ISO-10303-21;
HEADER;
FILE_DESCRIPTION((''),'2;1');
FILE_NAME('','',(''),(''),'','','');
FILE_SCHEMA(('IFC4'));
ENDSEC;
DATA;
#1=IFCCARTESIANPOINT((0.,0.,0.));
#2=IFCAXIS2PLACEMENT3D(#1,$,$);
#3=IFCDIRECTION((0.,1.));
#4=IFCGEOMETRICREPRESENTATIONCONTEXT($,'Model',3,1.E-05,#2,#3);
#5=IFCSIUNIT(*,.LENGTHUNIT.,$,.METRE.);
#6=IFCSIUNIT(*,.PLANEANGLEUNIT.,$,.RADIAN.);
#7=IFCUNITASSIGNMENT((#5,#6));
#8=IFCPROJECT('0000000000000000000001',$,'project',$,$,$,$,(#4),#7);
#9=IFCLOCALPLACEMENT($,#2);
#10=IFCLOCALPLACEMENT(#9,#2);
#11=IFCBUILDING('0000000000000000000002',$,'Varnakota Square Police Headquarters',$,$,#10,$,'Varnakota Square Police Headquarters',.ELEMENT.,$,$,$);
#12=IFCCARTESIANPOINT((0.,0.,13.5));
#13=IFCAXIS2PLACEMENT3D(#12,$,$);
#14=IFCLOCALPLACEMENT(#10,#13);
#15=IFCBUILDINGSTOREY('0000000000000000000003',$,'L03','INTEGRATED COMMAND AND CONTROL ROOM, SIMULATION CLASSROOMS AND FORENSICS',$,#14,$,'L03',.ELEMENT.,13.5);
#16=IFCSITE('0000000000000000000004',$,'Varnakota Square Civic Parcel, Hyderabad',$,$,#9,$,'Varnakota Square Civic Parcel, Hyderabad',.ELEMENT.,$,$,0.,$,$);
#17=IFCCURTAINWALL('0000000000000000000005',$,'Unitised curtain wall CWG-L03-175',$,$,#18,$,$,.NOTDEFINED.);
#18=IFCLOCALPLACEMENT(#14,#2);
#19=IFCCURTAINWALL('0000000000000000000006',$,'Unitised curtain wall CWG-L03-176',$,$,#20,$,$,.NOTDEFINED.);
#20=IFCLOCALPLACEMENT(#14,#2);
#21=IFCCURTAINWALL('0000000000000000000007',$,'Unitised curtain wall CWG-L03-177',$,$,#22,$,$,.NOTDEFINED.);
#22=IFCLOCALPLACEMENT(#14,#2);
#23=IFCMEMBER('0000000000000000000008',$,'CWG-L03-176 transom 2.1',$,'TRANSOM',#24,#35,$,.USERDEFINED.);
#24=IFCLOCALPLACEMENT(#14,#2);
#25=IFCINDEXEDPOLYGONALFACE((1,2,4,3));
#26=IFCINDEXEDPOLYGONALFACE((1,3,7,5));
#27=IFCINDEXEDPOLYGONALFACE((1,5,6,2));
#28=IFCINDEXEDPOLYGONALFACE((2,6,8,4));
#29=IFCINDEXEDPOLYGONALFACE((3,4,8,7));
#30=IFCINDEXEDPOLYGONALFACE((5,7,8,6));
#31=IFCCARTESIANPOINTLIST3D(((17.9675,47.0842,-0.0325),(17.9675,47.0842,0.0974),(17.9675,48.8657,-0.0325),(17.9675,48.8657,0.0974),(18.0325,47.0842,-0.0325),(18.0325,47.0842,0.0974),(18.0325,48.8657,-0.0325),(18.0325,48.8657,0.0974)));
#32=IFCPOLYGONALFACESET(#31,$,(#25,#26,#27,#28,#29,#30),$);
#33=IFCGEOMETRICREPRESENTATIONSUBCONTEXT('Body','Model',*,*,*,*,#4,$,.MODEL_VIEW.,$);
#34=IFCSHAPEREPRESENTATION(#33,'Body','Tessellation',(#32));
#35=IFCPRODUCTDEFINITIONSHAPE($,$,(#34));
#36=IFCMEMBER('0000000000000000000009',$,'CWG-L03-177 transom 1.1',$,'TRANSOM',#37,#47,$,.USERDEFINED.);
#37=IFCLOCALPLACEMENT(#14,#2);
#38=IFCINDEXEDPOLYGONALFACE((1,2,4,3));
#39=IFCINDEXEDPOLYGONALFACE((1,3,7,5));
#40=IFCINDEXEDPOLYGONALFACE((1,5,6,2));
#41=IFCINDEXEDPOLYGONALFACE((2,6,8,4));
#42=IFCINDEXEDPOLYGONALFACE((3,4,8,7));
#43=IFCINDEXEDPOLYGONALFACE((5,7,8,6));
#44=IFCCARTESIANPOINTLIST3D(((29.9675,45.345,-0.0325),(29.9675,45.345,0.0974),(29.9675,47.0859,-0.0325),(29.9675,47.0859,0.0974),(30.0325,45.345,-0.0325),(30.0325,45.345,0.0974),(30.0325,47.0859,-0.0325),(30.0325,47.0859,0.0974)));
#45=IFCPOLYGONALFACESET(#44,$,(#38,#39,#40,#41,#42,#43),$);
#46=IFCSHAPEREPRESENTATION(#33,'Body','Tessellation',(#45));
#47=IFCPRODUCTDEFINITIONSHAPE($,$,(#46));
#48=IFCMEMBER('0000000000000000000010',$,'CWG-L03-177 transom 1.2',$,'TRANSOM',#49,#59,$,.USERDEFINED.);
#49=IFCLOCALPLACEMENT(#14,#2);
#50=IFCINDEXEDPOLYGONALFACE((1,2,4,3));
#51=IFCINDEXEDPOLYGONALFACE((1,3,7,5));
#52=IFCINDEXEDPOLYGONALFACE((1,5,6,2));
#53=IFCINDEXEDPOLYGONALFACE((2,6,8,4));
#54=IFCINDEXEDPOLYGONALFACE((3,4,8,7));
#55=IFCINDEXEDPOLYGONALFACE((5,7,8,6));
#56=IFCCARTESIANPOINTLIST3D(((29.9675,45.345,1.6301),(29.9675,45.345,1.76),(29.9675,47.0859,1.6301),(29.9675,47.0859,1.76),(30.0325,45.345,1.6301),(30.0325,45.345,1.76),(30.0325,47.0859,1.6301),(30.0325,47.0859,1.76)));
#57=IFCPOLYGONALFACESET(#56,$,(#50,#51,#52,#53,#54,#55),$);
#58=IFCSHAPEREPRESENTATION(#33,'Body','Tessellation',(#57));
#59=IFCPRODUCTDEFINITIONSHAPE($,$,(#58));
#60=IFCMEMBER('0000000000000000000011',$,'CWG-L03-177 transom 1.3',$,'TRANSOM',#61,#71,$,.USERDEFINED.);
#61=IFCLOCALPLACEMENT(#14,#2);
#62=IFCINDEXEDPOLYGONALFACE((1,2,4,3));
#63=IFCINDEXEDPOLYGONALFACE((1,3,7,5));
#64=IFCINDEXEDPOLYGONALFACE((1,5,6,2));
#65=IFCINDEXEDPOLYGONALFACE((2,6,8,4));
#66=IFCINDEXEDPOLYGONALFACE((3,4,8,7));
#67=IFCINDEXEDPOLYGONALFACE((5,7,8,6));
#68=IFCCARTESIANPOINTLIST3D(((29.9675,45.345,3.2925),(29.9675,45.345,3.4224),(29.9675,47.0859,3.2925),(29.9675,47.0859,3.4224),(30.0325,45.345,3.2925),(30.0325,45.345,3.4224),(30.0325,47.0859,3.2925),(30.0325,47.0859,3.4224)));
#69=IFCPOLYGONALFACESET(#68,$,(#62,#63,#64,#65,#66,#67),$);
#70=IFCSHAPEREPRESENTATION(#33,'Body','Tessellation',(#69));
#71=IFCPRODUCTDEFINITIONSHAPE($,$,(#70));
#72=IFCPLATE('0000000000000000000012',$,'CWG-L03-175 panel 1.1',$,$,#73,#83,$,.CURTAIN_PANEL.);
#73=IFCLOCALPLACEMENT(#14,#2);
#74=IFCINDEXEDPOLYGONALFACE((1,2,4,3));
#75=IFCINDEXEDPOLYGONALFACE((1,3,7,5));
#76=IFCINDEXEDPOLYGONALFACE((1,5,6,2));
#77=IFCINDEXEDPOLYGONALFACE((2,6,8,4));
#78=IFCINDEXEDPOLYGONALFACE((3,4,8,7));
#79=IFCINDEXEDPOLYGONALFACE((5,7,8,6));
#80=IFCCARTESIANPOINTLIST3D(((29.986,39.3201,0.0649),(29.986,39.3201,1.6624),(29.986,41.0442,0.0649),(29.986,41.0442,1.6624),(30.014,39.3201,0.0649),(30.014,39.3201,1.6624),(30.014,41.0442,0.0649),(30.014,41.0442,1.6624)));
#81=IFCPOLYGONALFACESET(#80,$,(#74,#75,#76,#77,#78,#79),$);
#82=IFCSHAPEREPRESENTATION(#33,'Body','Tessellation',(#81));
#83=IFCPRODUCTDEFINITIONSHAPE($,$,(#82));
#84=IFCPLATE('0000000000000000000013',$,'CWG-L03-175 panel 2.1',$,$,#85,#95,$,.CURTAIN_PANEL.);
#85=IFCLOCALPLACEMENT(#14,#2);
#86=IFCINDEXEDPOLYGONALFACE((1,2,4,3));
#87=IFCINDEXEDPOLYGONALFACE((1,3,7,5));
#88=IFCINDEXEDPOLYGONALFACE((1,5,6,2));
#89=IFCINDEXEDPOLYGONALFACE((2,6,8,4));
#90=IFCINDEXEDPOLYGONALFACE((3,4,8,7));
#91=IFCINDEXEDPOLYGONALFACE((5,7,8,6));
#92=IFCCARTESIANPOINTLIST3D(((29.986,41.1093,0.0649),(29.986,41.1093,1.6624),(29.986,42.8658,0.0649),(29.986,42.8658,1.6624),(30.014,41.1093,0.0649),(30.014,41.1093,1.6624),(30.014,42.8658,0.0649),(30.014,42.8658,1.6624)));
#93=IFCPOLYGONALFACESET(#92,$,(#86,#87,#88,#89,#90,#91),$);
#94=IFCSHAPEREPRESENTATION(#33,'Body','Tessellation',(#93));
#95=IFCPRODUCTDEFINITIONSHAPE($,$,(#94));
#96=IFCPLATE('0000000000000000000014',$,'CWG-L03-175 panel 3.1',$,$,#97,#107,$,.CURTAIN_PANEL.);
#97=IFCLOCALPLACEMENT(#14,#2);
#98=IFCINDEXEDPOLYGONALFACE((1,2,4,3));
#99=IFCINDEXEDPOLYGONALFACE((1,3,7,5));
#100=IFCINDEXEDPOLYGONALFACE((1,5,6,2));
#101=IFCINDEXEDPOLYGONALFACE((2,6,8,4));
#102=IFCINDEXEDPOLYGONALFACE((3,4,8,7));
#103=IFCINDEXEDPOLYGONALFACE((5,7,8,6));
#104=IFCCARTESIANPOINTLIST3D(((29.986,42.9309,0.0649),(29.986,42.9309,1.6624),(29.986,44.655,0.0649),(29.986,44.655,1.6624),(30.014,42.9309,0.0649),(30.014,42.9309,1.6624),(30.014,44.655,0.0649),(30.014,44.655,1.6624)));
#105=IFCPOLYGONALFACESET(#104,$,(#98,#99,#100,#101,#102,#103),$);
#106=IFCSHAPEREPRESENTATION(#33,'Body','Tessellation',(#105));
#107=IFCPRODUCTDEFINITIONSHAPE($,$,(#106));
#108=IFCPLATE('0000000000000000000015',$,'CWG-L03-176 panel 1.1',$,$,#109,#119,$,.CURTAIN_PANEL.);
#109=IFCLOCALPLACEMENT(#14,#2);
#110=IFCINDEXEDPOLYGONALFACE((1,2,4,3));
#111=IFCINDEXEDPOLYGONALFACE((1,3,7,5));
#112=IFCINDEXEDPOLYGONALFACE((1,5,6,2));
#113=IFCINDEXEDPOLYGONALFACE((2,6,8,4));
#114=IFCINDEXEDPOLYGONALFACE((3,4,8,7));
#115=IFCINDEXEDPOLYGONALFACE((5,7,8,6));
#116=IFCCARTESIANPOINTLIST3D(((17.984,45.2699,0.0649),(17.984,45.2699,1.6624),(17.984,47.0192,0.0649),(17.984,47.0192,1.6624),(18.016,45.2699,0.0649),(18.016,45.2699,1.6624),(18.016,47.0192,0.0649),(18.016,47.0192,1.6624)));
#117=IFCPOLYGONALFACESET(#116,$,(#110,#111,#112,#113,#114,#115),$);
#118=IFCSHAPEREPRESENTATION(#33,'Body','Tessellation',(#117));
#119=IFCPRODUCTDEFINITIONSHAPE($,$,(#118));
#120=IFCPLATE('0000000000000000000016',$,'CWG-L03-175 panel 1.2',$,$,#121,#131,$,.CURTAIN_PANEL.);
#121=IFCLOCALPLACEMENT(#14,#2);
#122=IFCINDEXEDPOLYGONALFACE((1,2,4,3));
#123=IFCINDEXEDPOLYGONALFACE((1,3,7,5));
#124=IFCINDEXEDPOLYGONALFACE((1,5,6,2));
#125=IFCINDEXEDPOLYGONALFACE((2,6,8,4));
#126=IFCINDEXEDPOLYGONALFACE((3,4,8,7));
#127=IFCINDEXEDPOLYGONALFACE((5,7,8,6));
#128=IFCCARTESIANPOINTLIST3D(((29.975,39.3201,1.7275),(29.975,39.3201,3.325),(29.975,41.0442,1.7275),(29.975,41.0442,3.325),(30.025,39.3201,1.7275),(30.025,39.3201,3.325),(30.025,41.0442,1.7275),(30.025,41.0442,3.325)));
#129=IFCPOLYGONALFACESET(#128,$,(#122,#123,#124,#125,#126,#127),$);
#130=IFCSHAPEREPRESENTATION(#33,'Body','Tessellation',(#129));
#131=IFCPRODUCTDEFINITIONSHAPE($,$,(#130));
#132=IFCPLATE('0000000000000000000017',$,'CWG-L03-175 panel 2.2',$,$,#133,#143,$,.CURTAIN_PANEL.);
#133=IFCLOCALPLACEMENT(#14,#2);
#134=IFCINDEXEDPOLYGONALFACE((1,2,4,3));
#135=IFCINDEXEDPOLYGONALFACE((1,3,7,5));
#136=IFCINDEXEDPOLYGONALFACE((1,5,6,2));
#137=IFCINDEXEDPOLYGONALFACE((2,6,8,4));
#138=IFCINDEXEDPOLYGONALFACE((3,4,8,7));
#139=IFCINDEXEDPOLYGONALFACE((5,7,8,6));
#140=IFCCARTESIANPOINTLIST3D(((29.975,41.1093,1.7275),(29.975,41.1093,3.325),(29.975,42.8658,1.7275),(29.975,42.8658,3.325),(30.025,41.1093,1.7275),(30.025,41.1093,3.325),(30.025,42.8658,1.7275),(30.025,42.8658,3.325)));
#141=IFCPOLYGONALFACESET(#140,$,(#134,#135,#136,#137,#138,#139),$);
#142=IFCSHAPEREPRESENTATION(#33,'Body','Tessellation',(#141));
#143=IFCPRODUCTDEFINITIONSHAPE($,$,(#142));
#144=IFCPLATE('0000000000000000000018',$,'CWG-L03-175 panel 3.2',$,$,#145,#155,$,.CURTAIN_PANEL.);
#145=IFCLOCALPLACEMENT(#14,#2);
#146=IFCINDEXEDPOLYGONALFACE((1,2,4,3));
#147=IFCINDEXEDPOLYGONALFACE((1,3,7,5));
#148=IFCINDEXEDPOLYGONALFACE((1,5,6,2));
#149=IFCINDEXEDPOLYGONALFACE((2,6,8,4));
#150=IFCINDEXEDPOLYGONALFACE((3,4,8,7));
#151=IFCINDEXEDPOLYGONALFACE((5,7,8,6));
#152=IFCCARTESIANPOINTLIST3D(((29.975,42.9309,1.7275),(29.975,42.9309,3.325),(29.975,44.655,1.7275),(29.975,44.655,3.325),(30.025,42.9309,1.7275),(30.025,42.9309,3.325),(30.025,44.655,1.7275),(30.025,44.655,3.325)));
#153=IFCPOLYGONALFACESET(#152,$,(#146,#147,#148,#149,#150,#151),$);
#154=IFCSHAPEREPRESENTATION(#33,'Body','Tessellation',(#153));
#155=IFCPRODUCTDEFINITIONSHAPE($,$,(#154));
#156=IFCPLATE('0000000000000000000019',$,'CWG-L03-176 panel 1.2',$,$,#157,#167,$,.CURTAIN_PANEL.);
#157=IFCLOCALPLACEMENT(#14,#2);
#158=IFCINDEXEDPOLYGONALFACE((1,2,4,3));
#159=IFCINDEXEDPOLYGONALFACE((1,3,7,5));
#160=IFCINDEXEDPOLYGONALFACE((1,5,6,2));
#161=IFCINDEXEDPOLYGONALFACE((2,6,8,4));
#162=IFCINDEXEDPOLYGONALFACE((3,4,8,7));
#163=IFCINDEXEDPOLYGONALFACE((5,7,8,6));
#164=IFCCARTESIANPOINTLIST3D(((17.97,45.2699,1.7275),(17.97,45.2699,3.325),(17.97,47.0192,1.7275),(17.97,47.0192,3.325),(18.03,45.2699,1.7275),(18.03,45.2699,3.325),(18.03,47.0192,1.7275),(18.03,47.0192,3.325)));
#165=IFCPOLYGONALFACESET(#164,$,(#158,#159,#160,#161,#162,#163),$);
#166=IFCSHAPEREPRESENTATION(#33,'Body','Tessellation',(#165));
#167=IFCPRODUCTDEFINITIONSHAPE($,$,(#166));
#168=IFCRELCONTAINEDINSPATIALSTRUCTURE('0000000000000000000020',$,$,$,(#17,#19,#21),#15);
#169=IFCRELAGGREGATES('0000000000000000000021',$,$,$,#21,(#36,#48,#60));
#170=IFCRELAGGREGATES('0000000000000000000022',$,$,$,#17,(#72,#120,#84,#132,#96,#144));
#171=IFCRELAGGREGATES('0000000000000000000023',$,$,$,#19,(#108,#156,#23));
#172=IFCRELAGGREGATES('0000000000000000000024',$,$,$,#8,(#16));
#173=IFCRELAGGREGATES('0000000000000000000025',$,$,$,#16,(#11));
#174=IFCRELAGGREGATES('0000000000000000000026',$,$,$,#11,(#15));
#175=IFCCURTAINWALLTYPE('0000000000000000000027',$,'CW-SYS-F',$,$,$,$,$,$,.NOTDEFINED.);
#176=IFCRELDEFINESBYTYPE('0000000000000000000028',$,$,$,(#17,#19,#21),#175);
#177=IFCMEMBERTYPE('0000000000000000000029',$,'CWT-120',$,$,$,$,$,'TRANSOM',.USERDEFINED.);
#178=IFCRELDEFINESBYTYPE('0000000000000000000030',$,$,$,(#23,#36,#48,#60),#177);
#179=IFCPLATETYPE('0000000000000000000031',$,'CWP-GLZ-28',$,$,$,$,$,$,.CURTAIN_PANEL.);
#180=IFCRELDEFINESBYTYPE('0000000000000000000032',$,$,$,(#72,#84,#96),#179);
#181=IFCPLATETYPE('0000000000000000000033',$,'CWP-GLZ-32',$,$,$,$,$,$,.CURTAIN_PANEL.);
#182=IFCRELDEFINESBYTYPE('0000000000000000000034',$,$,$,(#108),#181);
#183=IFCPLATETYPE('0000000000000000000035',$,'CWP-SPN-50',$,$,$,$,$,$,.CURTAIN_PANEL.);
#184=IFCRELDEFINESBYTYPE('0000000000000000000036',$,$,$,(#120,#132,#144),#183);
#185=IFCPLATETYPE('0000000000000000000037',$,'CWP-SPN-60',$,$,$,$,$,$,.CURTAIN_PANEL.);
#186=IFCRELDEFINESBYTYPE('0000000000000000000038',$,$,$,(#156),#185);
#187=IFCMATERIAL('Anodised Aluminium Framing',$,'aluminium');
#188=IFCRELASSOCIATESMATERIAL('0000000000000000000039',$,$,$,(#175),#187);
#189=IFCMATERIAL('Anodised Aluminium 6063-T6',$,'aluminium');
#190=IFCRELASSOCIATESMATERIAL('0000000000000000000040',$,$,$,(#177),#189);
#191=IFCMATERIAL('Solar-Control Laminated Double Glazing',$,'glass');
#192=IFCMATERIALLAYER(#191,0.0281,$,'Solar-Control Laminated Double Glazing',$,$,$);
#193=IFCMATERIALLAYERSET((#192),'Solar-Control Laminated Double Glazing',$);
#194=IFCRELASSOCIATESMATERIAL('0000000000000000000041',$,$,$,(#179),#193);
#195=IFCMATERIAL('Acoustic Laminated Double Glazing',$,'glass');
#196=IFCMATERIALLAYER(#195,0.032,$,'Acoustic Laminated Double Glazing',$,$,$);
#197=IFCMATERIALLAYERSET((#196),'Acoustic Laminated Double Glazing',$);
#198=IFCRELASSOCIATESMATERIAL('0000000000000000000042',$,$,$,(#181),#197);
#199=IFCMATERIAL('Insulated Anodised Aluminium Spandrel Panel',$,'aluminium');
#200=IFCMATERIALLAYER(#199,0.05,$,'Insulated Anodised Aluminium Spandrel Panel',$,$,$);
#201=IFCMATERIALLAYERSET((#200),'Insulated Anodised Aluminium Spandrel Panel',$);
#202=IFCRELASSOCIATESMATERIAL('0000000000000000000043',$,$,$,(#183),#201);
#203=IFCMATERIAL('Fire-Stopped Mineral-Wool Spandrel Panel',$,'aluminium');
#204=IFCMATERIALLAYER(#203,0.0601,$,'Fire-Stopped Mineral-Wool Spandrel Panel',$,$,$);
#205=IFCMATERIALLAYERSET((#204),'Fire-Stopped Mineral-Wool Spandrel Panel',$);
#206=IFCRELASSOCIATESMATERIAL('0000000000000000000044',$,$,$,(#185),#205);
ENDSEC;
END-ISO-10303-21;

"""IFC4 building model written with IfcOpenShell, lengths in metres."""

from ifc_helpers import new_model, si_unit, direction, frame, origin, origin_2d, place, context, subcontext, project, spatial, rectangle, extrude, material, layer, layer_set, material_profile, profile_set, type_object, element, aggregate, save


model = new_model("IFC4")

# Units and contexts
model_context = context("Model", 3, precision=1e-05, world=origin(), true_north=direction((0.0, 1.0)))
body_context = subcontext(model_context, "Body", "Model", "MODEL_VIEW")
ifc_project = project(units=[si_unit("LENGTHUNIT", "METRE"), si_unit("PLANEANGLEUNIT", "RADIAN")], contexts=[model_context])

# Site, building, storey
site_placement = place(None, origin())
site = spatial("IfcSite", under=ifc_project, at=site_placement, Name="Varnakota Square Civic Parcel, Hyderabad", LongName="Varnakota Square Civic Parcel, Hyderabad", CompositionType="ELEMENT", RefElevation=0.0)
building_placement = place(site_placement, origin())
building = spatial("IfcBuilding", under=site, at=building_placement, Name="Varnakota Square Police Headquarters", LongName="Varnakota Square Police Headquarters", CompositionType="ELEMENT")
storey_placement = place(building_placement, frame((0.0, 0.0, 13.5)))
storey = spatial("IfcBuildingStorey", under=building, at=storey_placement, Name="L03", Description="INTEGRATED COMMAND AND CONTROL ROOM, SIMULATION CLASSROOMS AND FORENSICS", LongName="L03", CompositionType="ELEMENT", Elevation=13.5)

# Curtain walls
ifc_material_1 = material(Name="Anodised Aluminium Framing", Category="aluminium")
curtain_wall_type = type_object("IfcCurtainWallType", Name="CW-SYS-F", PredefinedType="NOTDEFINED", material=ifc_material_1)
curtain_wall_1_placement = place(storey_placement, origin())
curtain_wall_1 = element("IfcCurtainWall", 1, at=curtain_wall_1_placement, inside=storey, type_object=curtain_wall_type, Name="Unitised curtain wall CWG-L03-175", PredefinedType="NOTDEFINED")
ifc_material_2 = material(Name="Anodised Aluminium 6063-T6", Category="aluminium")
curtain_wall_2_placement = place(storey_placement, origin())
curtain_wall_2 = element("IfcCurtainWall", 2, at=curtain_wall_2_placement, inside=storey, type_object=curtain_wall_type, Name="Unitised curtain wall CWG-L03-176", PredefinedType="NOTDEFINED")

# Curtain wall
curtain_wall_3_placement = place(storey_placement, origin())
curtain_wall_3 = element("IfcCurtainWall", 3, at=curtain_wall_3_placement, inside=storey, type_object=curtain_wall_type, Name="Unitised curtain wall CWG-L03-177", PredefinedType="NOTDEFINED")

# Members
ifc_material_profile_1 = material_profile(ifc_material_2, rectangle(XDim=0.0649, YDim=0.1299, at=origin_2d()), Name="ALU TRANSOM 65x130")
ifc_profile_set_1 = profile_set([ifc_material_profile_1], Name="Anodised Aluminium 6063-T6")
member_type_1 = type_object("IfcMemberType", Name="CWT-120", ElementType="TRANSOM", PredefinedType="USERDEFINED", material=ifc_profile_set_1)
member_1_placement = place(storey_placement, frame((18.0, 47.0842, 0.0325), z_axis=(0.0, 1.0, 0.0), x_axis=(-1.0, 0.0, 0.0)))
member_1 = element("IfcMember", 4, at=member_1_placement, type_object=member_type_1, Name="CWG-L03-176 transom 2.1", ObjectType="TRANSOM", PredefinedType="USERDEFINED", context=body_context, shape_type="SweptSolid", body=[
    extrude(rectangle(XDim=0.0649, YDim=0.1299, at=origin_2d()), origin(), (0.0, 0.0, 1.0), 1.7815),
])
member_2_placement = place(storey_placement, frame((30.0, 45.345, 0.0325), z_axis=(0.0, 1.0, 0.0), x_axis=(-1.0, 0.0, 0.0)))
member_2 = element("IfcMember", 5, at=member_2_placement, type_object=member_type_1, Name="CWG-L03-177 transom 1.1", ObjectType="TRANSOM", PredefinedType="USERDEFINED", context=body_context, shape_type="SweptSolid", body=[
    extrude(rectangle(XDim=0.0649, YDim=0.1299, at=origin_2d()), origin(), (0.0, 0.0, 1.0), 1.741),
])
member_3_placement = place(storey_placement, frame((30.0, 45.345, 1.6951), z_axis=(0.0, 1.0, 0.0), x_axis=(-1.0, 0.0, 0.0)))
member_3 = element("IfcMember", 6, at=member_3_placement, type_object=member_type_1, Name="CWG-L03-177 transom 1.2", ObjectType="TRANSOM", PredefinedType="USERDEFINED", context=body_context, shape_type="SweptSolid", body=[
    extrude(rectangle(XDim=0.0649, YDim=0.1299, at=origin_2d()), origin(), (0.0, 0.0, 1.0), 1.741),
])
member_4_placement = place(storey_placement, frame((30.0, 45.345, 3.3574), z_axis=(0.0, 1.0, 0.0), x_axis=(-1.0, 0.0, 0.0)))
member_4 = element("IfcMember", 7, at=member_4_placement, type_object=member_type_1, Name="CWG-L03-177 transom 1.3", ObjectType="TRANSOM", PredefinedType="USERDEFINED", context=body_context, shape_type="SweptSolid", body=[
    extrude(rectangle(XDim=0.0649, YDim=0.1299, at=origin_2d()), origin(), (0.0, 0.0, 1.0), 1.741),
])
aggregate(curtain_wall_3, [member_2, member_3, member_4])

# Plates
ifc_material_3 = material(Name="Solar-Control Laminated Double Glazing", Category="glass")
ifc_layer_1 = layer(ifc_material_3, 0.0281, Name="Solar-Control Laminated Double Glazing")
ifc_layer_set_1 = layer_set([ifc_layer_1], Name="Solar-Control Laminated Double Glazing")
plate_type_1 = type_object("IfcPlateType", Name="CWP-GLZ-28", PredefinedType="CURTAIN_PANEL", material=ifc_layer_set_1)
plate_1_placement = place(storey_placement, frame((30.0, 40.1821, 0.0649), z_axis=(0.0, 0.0, 1.0), x_axis=(0.0, 1.0, 0.0)))
plate_1 = element("IfcPlate", 8, at=plate_1_placement, type_object=plate_type_1, Name="CWG-L03-175 panel 1.1", PredefinedType="CURTAIN_PANEL", context=body_context, shape_type="SweptSolid", body=[
    extrude(rectangle(XDim=1.7241, YDim=0.0281, at=origin_2d()), origin(), (0.0, 0.0, 1.0), 1.5974),
])
plate_2_placement = place(storey_placement, frame((30.0, 41.9875, 0.0649), z_axis=(0.0, 0.0, 1.0), x_axis=(0.0, 1.0, 0.0)))
plate_2 = element("IfcPlate", 9, at=plate_2_placement, type_object=plate_type_1, Name="CWG-L03-175 panel 2.1", PredefinedType="CURTAIN_PANEL", context=body_context, shape_type="SweptSolid", body=[
    extrude(rectangle(XDim=1.7566, YDim=0.0281, at=origin_2d()), origin(), (0.0, 0.0, 1.0), 1.5974),
])
plate_3_placement = place(storey_placement, frame((30.0, 43.793, 0.0649), z_axis=(0.0, 0.0, 1.0), x_axis=(0.0, 1.0, 0.0)))
plate_3 = element("IfcPlate", 10, at=plate_3_placement, type_object=plate_type_1, Name="CWG-L03-175 panel 3.1", PredefinedType="CURTAIN_PANEL", context=body_context, shape_type="SweptSolid", body=[
    extrude(rectangle(XDim=1.7241, YDim=0.0281, at=origin_2d()), origin(), (0.0, 0.0, 1.0), 1.5974),
])
ifc_material_4 = material(Name="Acoustic Laminated Double Glazing", Category="glass")
ifc_layer_2 = layer(ifc_material_4, 0.032, Name="Acoustic Laminated Double Glazing")
ifc_layer_set_2 = layer_set([ifc_layer_2], Name="Acoustic Laminated Double Glazing")
plate_type_2 = type_object("IfcPlateType", Name="CWP-GLZ-32", PredefinedType="CURTAIN_PANEL", material=ifc_layer_set_2)
plate_4_placement = place(storey_placement, frame((18.0, 46.1445, 0.0649), z_axis=(0.0, 0.0, 1.0), x_axis=(0.0, 1.0, 0.0)))
plate_4 = element("IfcPlate", 11, at=plate_4_placement, type_object=plate_type_2, Name="CWG-L03-176 panel 1.1", PredefinedType="CURTAIN_PANEL", context=body_context, shape_type="SweptSolid", body=[
    extrude(rectangle(XDim=1.7493, YDim=0.032, at=origin_2d()), origin(), (0.0, 0.0, 1.0), 1.5974),
])
ifc_material_5 = material(Name="Insulated Anodised Aluminium Spandrel Panel", Category="aluminium")
ifc_layer_3 = layer(ifc_material_5, 0.05, Name="Insulated Anodised Aluminium Spandrel Panel")
ifc_layer_set_3 = layer_set([ifc_layer_3], Name="Insulated Anodised Aluminium Spandrel Panel")
plate_type_3 = type_object("IfcPlateType", Name="CWP-SPN-50", PredefinedType="CURTAIN_PANEL", material=ifc_layer_set_3)
plate_5_placement = place(storey_placement, frame((30.0, 40.1821, 1.7275), z_axis=(0.0, 0.0, 1.0), x_axis=(0.0, 1.0, 0.0)))
plate_5 = element("IfcPlate", 12, at=plate_5_placement, type_object=plate_type_3, Name="CWG-L03-175 panel 1.2", PredefinedType="CURTAIN_PANEL", context=body_context, shape_type="SweptSolid", body=[
    extrude(rectangle(XDim=1.7241, YDim=0.05, at=origin_2d()), origin(), (0.0, 0.0, 1.0), 1.5974),
])
plate_6_placement = place(storey_placement, frame((30.0, 41.9875, 1.7275), z_axis=(0.0, 0.0, 1.0), x_axis=(0.0, 1.0, 0.0)))
plate_6 = element("IfcPlate", 13, at=plate_6_placement, type_object=plate_type_3, Name="CWG-L03-175 panel 2.2", PredefinedType="CURTAIN_PANEL", context=body_context, shape_type="SweptSolid", body=[
    extrude(rectangle(XDim=1.7566, YDim=0.05, at=origin_2d()), origin(), (0.0, 0.0, 1.0), 1.5974),
])
plate_7_placement = place(storey_placement, frame((30.0, 43.793, 1.7275), z_axis=(0.0, 0.0, 1.0), x_axis=(0.0, 1.0, 0.0)))
plate_7 = element("IfcPlate", 14, at=plate_7_placement, type_object=plate_type_3, Name="CWG-L03-175 panel 3.2", PredefinedType="CURTAIN_PANEL", context=body_context, shape_type="SweptSolid", body=[
    extrude(rectangle(XDim=1.7241, YDim=0.05, at=origin_2d()), origin(), (0.0, 0.0, 1.0), 1.5974),
])
aggregate(curtain_wall_1, [plate_1, plate_5, plate_2, plate_6, plate_3, plate_7])
ifc_material_6 = material(Name="Fire-Stopped Mineral-Wool Spandrel Panel", Category="aluminium")
ifc_layer_4 = layer(ifc_material_6, 0.0601, Name="Fire-Stopped Mineral-Wool Spandrel Panel")
ifc_layer_set_4 = layer_set([ifc_layer_4], Name="Fire-Stopped Mineral-Wool Spandrel Panel")
plate_type_4 = type_object("IfcPlateType", Name="CWP-SPN-60", PredefinedType="CURTAIN_PANEL", material=ifc_layer_set_4)
plate_8_placement = place(storey_placement, frame((18.0, 46.1445, 1.7275), z_axis=(0.0, 0.0, 1.0), x_axis=(0.0, 1.0, 0.0)))
plate_8 = element("IfcPlate", 15, at=plate_8_placement, type_object=plate_type_4, Name="CWG-L03-176 panel 1.2", PredefinedType="CURTAIN_PANEL", context=body_context, shape_type="SweptSolid", body=[
    extrude(rectangle(XDim=1.7493, YDim=0.0601, at=origin_2d()), origin(), (0.0, 0.0, 1.0), 1.5974),
])
aggregate(curtain_wall_2, [plate_4, plate_8, member_1])

save(model, "model.ifc")
